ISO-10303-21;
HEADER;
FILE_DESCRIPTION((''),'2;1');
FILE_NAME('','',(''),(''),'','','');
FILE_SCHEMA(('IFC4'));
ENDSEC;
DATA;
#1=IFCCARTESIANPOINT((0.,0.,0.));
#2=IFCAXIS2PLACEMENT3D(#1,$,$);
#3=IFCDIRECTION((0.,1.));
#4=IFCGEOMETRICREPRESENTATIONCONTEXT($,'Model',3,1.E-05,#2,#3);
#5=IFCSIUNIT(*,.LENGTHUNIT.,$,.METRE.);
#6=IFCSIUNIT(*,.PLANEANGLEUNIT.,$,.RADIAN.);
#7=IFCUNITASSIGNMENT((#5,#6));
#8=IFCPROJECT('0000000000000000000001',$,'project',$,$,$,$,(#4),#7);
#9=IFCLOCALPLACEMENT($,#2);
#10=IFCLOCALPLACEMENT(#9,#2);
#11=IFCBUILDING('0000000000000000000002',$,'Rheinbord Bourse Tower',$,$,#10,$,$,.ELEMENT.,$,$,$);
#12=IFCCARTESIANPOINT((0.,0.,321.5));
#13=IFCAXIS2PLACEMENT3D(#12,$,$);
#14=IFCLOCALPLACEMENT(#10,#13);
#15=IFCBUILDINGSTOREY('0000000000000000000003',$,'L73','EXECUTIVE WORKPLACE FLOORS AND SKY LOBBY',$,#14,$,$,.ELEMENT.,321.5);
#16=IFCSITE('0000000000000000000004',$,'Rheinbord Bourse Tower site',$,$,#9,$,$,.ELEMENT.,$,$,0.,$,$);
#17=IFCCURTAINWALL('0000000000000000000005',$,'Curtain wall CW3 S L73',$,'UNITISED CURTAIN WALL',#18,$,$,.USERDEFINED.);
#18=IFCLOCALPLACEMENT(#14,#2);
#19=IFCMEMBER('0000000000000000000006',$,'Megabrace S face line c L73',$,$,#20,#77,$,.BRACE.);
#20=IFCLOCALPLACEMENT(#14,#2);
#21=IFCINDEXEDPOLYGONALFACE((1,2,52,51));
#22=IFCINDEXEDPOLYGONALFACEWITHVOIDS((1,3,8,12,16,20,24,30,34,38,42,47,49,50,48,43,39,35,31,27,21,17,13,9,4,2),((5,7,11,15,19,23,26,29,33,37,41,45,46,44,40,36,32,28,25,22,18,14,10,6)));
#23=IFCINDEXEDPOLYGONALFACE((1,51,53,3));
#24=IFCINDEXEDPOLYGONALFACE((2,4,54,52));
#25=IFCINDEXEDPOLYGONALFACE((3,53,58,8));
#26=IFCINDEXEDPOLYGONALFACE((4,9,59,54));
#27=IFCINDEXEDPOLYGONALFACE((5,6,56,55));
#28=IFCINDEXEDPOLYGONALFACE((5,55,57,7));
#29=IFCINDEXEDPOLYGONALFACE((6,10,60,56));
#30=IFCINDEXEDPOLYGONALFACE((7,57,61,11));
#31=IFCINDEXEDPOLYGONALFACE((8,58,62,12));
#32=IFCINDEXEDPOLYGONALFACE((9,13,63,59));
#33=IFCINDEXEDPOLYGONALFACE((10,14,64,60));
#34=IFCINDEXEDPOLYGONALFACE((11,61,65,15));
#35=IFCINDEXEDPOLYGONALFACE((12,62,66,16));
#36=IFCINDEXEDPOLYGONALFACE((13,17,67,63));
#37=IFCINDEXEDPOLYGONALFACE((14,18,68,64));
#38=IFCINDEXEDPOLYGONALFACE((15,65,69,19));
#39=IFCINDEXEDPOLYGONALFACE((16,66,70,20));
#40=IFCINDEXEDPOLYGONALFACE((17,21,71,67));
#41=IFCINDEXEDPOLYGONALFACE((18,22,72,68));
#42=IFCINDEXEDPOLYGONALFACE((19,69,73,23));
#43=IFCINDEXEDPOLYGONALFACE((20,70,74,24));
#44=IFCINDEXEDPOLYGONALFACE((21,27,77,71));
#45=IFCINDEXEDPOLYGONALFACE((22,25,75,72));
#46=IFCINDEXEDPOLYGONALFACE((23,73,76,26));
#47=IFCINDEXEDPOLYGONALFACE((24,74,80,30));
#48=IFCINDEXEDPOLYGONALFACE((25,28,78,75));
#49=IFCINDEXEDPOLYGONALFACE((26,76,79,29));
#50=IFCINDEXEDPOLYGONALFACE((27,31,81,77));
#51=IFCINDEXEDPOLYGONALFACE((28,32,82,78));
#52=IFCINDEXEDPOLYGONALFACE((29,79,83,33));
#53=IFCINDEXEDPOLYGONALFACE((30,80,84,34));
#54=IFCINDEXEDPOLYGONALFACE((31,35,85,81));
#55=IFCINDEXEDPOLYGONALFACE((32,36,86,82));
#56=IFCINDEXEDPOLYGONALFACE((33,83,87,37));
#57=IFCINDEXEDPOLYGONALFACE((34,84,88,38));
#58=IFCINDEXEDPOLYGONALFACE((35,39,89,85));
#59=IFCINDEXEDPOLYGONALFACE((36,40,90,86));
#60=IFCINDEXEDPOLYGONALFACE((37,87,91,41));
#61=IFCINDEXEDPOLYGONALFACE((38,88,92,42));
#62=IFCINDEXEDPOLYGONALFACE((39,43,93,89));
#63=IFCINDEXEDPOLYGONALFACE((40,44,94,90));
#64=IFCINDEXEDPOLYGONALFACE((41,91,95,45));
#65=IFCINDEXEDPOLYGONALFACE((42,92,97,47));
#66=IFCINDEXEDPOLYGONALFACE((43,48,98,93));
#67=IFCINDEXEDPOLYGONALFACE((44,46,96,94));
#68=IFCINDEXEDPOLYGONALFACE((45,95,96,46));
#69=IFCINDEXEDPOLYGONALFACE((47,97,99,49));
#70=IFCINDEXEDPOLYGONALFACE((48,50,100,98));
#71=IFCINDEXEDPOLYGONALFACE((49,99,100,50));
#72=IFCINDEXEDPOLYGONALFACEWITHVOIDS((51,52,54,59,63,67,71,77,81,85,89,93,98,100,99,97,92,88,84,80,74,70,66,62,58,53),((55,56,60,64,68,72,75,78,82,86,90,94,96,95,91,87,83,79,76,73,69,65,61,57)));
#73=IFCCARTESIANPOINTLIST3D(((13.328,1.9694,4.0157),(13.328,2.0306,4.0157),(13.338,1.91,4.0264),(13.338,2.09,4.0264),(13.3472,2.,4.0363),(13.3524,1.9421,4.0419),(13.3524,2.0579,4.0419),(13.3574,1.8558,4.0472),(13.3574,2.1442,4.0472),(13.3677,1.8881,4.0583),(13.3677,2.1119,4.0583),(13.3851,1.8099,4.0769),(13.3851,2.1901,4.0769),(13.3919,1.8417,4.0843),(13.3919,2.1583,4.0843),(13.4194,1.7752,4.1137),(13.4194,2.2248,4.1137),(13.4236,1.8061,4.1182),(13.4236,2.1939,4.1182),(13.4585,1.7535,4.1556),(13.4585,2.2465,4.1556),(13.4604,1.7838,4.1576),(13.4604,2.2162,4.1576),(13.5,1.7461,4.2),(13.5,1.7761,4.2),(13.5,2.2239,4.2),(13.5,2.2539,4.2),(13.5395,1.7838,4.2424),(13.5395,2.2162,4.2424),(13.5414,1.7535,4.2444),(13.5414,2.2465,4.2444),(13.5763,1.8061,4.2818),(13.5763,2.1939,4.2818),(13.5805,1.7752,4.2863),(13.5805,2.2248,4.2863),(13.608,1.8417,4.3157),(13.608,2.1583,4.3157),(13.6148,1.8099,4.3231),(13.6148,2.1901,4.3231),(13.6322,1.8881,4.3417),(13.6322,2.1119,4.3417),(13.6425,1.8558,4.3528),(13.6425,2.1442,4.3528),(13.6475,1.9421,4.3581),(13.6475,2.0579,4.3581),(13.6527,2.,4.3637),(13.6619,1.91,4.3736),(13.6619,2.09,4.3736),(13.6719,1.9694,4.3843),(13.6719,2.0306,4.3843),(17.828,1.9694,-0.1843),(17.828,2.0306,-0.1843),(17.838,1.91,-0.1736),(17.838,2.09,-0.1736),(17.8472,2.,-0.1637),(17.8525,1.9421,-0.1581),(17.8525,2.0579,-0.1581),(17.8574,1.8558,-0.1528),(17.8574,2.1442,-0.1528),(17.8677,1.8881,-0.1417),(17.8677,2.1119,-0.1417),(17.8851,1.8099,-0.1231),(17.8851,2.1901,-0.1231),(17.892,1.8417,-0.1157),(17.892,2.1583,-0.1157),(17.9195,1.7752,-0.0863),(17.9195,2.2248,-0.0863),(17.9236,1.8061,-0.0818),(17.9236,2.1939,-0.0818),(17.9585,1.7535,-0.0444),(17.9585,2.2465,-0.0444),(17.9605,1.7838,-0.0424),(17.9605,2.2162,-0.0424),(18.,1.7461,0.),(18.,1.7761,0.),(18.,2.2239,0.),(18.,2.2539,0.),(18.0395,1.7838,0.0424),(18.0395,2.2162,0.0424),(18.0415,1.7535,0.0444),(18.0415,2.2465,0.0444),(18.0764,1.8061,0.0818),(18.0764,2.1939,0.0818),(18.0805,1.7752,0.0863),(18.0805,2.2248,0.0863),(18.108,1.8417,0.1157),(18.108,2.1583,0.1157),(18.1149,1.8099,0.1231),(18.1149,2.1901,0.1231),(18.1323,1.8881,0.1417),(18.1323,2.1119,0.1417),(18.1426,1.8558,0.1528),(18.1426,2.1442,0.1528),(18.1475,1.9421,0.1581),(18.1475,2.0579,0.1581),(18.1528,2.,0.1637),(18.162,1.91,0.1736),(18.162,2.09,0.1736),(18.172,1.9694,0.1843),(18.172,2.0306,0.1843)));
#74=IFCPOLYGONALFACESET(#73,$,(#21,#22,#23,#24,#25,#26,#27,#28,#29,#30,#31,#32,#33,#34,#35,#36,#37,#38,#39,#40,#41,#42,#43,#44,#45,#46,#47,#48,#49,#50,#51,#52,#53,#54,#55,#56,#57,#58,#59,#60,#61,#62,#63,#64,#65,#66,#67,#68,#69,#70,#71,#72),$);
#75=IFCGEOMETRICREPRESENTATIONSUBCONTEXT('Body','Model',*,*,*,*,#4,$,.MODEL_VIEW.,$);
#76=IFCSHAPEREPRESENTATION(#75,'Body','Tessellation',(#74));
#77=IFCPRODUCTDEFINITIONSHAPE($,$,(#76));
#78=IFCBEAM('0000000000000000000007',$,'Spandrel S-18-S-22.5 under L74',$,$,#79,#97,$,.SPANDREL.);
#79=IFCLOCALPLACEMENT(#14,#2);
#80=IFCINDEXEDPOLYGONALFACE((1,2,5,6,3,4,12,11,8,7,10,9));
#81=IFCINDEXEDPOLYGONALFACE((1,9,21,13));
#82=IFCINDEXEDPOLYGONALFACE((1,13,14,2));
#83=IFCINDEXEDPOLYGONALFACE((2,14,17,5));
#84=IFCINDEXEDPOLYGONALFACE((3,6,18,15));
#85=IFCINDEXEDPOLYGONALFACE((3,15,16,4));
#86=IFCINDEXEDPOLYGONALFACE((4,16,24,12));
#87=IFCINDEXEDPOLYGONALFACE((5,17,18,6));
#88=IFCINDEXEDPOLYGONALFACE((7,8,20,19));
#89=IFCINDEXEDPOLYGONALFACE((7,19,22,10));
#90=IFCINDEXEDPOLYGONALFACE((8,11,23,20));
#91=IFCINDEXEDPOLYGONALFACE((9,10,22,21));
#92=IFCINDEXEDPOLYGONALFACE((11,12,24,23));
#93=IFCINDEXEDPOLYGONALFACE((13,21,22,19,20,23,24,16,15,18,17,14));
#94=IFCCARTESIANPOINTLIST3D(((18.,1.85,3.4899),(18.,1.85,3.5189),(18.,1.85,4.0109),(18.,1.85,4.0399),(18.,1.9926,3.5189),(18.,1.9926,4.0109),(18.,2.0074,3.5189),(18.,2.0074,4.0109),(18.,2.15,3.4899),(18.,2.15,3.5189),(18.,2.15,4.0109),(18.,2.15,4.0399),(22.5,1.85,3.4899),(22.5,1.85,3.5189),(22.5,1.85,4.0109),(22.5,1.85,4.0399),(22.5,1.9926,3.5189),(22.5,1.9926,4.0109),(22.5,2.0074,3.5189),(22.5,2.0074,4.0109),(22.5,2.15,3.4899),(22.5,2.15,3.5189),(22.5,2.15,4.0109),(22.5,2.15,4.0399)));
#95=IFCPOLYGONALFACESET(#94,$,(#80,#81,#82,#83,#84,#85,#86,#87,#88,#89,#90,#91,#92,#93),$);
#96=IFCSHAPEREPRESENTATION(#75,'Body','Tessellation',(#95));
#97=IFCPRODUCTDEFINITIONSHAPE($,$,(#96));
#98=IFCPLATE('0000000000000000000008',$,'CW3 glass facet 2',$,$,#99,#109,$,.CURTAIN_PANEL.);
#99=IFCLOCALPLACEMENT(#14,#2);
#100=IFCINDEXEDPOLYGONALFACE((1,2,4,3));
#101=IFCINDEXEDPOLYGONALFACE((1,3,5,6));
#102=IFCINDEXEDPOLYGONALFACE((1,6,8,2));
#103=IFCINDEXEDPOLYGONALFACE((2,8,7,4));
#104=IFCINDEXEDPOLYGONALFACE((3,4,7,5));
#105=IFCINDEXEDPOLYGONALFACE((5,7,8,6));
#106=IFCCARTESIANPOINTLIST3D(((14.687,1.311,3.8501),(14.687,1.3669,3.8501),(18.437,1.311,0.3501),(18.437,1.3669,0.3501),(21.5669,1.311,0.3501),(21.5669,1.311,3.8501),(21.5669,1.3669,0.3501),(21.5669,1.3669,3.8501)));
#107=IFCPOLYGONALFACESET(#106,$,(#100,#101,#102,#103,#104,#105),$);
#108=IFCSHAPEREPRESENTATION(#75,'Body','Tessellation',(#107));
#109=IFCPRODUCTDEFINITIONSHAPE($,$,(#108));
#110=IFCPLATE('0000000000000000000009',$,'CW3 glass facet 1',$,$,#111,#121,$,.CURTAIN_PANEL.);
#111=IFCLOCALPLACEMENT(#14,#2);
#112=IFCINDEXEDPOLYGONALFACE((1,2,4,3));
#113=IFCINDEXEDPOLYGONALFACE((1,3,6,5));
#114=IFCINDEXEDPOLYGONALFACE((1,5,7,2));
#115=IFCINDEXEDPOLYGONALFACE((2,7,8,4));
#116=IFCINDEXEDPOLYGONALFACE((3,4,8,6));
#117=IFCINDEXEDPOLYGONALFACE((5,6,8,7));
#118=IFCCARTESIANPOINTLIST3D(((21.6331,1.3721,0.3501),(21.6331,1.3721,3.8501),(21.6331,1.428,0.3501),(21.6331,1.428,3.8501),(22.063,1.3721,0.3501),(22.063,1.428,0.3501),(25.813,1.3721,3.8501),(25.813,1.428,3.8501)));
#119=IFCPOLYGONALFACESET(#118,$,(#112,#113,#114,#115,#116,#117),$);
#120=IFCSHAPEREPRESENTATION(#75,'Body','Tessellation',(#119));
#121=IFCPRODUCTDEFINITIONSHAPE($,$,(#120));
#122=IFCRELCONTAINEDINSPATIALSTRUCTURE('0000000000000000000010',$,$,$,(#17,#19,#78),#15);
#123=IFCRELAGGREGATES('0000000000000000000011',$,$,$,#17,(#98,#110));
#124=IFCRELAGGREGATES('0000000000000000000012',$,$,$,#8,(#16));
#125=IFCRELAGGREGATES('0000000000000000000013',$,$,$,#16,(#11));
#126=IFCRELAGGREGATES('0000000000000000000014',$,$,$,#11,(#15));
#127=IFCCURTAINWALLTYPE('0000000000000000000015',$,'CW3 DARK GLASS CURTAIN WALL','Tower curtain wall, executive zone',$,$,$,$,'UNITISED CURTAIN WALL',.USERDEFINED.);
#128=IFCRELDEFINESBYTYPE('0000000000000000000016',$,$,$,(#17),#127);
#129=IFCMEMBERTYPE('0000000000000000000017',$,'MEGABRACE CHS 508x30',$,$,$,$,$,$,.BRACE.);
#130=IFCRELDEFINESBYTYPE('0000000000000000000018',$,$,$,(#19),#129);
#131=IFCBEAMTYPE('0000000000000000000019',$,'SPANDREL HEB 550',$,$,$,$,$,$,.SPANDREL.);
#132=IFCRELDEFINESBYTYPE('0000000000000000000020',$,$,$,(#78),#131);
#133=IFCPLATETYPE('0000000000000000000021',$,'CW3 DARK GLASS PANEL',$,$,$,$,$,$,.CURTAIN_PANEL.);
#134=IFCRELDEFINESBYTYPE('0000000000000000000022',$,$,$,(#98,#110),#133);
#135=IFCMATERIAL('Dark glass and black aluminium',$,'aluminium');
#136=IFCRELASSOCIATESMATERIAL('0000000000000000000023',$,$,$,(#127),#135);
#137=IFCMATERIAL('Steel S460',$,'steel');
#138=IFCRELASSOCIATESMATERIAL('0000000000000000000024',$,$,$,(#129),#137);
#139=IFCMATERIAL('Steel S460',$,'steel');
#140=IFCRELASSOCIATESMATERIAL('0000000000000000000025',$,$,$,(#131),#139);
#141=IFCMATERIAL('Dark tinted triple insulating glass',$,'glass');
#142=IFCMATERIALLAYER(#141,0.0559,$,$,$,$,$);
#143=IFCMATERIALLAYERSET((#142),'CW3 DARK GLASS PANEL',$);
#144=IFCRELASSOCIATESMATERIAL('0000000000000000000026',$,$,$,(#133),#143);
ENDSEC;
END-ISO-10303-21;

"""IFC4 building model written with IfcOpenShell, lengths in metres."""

from ifc_helpers import new_model, si_unit, direction, frame, origin, origin_2d, place, context, subcontext, project, spatial, polyline, hollow_circle, i_section, outline, extrude, material, layer, layer_set, material_profile, profile_set, type_object, element, aggregate, save


model = new_model("IFC4")

# Units and contexts
model_context = context("Model", 3, precision=1e-05, world=origin(), true_north=direction((0.0, 1.0)))
body_context = subcontext(model_context, "Body", "Model", "MODEL_VIEW")
ifc_project = project(units=[si_unit("LENGTHUNIT", "METRE"), si_unit("PLANEANGLEUNIT", "RADIAN")], contexts=[model_context])

# Site, building, storey
site_placement = place(None, origin())
site = spatial("IfcSite", under=ifc_project, at=site_placement, Name="Rheinbord Bourse Tower site", CompositionType="ELEMENT", RefElevation=0.0)
building_placement = place(site_placement, origin())
building = spatial("IfcBuilding", under=site, at=building_placement, Name="Rheinbord Bourse Tower", CompositionType="ELEMENT")
storey_placement = place(building_placement, frame((0.0, 0.0, 321.5)))
storey = spatial("IfcBuildingStorey", under=building, at=storey_placement, Name="L73", Description="EXECUTIVE WORKPLACE FLOORS AND SKY LOBBY", CompositionType="ELEMENT", Elevation=321.5)

# Curtain wall
ifc_material_1 = material(Name="Dark glass and black aluminium", Category="aluminium")
curtain_wall_type = type_object("IfcCurtainWallType", Name="CW3 DARK GLASS CURTAIN WALL", Description="Tower curtain wall, executive zone", ElementType="UNITISED CURTAIN WALL", PredefinedType="USERDEFINED", material=ifc_material_1)
curtain_wall_placement = place(storey_placement, origin())
curtain_wall = element("IfcCurtainWall", 1, at=curtain_wall_placement, inside=storey, type_object=curtain_wall_type, Name="Curtain wall CW3 S L73", ObjectType="UNITISED CURTAIN WALL", PredefinedType="USERDEFINED")

# Member
ifc_material_2 = material(Name="Steel S460", Category="steel")
ifc_material_profile_1 = material_profile(ifc_material_2, hollow_circle(Radius=0.2539, WallThickness=0.03, at=origin_2d()), Name="CHS 508x30")
ifc_profile_set_1 = profile_set([ifc_material_profile_1], Name="Steel S460")
member_type_1 = type_object("IfcMemberType", Name="MEGABRACE CHS 508x30", PredefinedType="BRACE", material=ifc_profile_set_1)
member_1_placement = place(storey_placement, frame((18.0, 2.0, 0.0), z_axis=(-0.731059, 0.0, 0.682314), x_axis=(0.0, -1.0, 0.0)))
element("IfcMember", 2, at=member_1_placement, inside=storey, type_object=member_type_1, Name="Megabrace S face line c L73", PredefinedType="BRACE", context=body_context, shape_type="SweptSolid", body=[
    extrude(hollow_circle(Radius=0.2539, WallThickness=0.03, at=origin_2d()), origin(), (0.0, 0.0, 1.0), 6.1555),
])

# Beam
ifc_material_3 = material(Name="Steel S460", Category="steel")
ifc_material_profile_2 = material_profile(ifc_material_3, i_section(OverallWidth=0.3, OverallDepth=0.55, WebThickness=0.0149, FlangeThickness=0.0291, at=origin_2d()), Name="HEB 550")
ifc_profile_set_2 = profile_set([ifc_material_profile_2], Name="Steel S460")
beam_type_1 = type_object("IfcBeamType", Name="SPANDREL HEB 550", PredefinedType="SPANDREL", material=ifc_profile_set_2)
beam_placement = place(storey_placement, frame((18.0, 2.0, 3.7649), z_axis=(1.0, 0.0, 0.0), x_axis=(0.0, 1.0, 0.0)))
element("IfcBeam", 3, at=beam_placement, inside=storey, type_object=beam_type_1, Name="Spandrel S-18-S-22.5 under L74", PredefinedType="SPANDREL", context=body_context, shape_type="SweptSolid", body=[
    extrude(i_section(OverallWidth=0.3, OverallDepth=0.55, WebThickness=0.0149, FlangeThickness=0.0291, at=origin_2d()), origin(), (0.0, 0.0, 1.0), 4.5),
])

# Plates
ifc_material_4 = material(Name="Dark tinted triple insulating glass", Category="glass")
ifc_layer = layer(ifc_material_4, 0.0559)
ifc_layer_set = layer_set([ifc_layer], Name="CW3 DARK GLASS PANEL")
plate_type = type_object("IfcPlateType", Name="CW3 DARK GLASS PANEL", PredefinedType="CURTAIN_PANEL", material=ifc_layer_set)
plate_1_placement = place(storey_placement, frame((21.5669, 1.311, 3.8501), z_axis=(0.0, 1.0, 0.0), x_axis=(0.0, 0.0, -1.0)))
plate_1 = element("IfcPlate", 4, at=plate_1_placement, type_object=plate_type, Name="CW3 glass facet 2", PredefinedType="CURTAIN_PANEL", context=body_context, shape_type="SweptSolid", body=[
    extrude(outline(polyline([(0.0, 0.0), (3.5, 0.0), (3.5, 3.1299), (0.0, 6.8799), (0.0, 0.0)])), origin(), (0.0, 0.0, 1.0), 0.0559),
])
plate_2_placement = place(storey_placement, frame((21.6331, 1.3721, 0.3501), z_axis=(0.0, 1.0, 0.0), x_axis=(0.0, 0.0, 1.0)))
plate_2 = element("IfcPlate", 5, at=plate_2_placement, type_object=plate_type, Name="CW3 glass facet 1", PredefinedType="CURTAIN_PANEL", context=body_context, shape_type="SweptSolid", body=[
    extrude(outline(polyline([(0.0, 0.0), (3.5, 0.0), (3.5, 4.1799), (0.0, 0.4299), (0.0, 0.0)])), origin(), (0.0, 0.0, 1.0), 0.0559),
])
aggregate(curtain_wall, [plate_1, plate_2])

save(model, "model.ifc")
